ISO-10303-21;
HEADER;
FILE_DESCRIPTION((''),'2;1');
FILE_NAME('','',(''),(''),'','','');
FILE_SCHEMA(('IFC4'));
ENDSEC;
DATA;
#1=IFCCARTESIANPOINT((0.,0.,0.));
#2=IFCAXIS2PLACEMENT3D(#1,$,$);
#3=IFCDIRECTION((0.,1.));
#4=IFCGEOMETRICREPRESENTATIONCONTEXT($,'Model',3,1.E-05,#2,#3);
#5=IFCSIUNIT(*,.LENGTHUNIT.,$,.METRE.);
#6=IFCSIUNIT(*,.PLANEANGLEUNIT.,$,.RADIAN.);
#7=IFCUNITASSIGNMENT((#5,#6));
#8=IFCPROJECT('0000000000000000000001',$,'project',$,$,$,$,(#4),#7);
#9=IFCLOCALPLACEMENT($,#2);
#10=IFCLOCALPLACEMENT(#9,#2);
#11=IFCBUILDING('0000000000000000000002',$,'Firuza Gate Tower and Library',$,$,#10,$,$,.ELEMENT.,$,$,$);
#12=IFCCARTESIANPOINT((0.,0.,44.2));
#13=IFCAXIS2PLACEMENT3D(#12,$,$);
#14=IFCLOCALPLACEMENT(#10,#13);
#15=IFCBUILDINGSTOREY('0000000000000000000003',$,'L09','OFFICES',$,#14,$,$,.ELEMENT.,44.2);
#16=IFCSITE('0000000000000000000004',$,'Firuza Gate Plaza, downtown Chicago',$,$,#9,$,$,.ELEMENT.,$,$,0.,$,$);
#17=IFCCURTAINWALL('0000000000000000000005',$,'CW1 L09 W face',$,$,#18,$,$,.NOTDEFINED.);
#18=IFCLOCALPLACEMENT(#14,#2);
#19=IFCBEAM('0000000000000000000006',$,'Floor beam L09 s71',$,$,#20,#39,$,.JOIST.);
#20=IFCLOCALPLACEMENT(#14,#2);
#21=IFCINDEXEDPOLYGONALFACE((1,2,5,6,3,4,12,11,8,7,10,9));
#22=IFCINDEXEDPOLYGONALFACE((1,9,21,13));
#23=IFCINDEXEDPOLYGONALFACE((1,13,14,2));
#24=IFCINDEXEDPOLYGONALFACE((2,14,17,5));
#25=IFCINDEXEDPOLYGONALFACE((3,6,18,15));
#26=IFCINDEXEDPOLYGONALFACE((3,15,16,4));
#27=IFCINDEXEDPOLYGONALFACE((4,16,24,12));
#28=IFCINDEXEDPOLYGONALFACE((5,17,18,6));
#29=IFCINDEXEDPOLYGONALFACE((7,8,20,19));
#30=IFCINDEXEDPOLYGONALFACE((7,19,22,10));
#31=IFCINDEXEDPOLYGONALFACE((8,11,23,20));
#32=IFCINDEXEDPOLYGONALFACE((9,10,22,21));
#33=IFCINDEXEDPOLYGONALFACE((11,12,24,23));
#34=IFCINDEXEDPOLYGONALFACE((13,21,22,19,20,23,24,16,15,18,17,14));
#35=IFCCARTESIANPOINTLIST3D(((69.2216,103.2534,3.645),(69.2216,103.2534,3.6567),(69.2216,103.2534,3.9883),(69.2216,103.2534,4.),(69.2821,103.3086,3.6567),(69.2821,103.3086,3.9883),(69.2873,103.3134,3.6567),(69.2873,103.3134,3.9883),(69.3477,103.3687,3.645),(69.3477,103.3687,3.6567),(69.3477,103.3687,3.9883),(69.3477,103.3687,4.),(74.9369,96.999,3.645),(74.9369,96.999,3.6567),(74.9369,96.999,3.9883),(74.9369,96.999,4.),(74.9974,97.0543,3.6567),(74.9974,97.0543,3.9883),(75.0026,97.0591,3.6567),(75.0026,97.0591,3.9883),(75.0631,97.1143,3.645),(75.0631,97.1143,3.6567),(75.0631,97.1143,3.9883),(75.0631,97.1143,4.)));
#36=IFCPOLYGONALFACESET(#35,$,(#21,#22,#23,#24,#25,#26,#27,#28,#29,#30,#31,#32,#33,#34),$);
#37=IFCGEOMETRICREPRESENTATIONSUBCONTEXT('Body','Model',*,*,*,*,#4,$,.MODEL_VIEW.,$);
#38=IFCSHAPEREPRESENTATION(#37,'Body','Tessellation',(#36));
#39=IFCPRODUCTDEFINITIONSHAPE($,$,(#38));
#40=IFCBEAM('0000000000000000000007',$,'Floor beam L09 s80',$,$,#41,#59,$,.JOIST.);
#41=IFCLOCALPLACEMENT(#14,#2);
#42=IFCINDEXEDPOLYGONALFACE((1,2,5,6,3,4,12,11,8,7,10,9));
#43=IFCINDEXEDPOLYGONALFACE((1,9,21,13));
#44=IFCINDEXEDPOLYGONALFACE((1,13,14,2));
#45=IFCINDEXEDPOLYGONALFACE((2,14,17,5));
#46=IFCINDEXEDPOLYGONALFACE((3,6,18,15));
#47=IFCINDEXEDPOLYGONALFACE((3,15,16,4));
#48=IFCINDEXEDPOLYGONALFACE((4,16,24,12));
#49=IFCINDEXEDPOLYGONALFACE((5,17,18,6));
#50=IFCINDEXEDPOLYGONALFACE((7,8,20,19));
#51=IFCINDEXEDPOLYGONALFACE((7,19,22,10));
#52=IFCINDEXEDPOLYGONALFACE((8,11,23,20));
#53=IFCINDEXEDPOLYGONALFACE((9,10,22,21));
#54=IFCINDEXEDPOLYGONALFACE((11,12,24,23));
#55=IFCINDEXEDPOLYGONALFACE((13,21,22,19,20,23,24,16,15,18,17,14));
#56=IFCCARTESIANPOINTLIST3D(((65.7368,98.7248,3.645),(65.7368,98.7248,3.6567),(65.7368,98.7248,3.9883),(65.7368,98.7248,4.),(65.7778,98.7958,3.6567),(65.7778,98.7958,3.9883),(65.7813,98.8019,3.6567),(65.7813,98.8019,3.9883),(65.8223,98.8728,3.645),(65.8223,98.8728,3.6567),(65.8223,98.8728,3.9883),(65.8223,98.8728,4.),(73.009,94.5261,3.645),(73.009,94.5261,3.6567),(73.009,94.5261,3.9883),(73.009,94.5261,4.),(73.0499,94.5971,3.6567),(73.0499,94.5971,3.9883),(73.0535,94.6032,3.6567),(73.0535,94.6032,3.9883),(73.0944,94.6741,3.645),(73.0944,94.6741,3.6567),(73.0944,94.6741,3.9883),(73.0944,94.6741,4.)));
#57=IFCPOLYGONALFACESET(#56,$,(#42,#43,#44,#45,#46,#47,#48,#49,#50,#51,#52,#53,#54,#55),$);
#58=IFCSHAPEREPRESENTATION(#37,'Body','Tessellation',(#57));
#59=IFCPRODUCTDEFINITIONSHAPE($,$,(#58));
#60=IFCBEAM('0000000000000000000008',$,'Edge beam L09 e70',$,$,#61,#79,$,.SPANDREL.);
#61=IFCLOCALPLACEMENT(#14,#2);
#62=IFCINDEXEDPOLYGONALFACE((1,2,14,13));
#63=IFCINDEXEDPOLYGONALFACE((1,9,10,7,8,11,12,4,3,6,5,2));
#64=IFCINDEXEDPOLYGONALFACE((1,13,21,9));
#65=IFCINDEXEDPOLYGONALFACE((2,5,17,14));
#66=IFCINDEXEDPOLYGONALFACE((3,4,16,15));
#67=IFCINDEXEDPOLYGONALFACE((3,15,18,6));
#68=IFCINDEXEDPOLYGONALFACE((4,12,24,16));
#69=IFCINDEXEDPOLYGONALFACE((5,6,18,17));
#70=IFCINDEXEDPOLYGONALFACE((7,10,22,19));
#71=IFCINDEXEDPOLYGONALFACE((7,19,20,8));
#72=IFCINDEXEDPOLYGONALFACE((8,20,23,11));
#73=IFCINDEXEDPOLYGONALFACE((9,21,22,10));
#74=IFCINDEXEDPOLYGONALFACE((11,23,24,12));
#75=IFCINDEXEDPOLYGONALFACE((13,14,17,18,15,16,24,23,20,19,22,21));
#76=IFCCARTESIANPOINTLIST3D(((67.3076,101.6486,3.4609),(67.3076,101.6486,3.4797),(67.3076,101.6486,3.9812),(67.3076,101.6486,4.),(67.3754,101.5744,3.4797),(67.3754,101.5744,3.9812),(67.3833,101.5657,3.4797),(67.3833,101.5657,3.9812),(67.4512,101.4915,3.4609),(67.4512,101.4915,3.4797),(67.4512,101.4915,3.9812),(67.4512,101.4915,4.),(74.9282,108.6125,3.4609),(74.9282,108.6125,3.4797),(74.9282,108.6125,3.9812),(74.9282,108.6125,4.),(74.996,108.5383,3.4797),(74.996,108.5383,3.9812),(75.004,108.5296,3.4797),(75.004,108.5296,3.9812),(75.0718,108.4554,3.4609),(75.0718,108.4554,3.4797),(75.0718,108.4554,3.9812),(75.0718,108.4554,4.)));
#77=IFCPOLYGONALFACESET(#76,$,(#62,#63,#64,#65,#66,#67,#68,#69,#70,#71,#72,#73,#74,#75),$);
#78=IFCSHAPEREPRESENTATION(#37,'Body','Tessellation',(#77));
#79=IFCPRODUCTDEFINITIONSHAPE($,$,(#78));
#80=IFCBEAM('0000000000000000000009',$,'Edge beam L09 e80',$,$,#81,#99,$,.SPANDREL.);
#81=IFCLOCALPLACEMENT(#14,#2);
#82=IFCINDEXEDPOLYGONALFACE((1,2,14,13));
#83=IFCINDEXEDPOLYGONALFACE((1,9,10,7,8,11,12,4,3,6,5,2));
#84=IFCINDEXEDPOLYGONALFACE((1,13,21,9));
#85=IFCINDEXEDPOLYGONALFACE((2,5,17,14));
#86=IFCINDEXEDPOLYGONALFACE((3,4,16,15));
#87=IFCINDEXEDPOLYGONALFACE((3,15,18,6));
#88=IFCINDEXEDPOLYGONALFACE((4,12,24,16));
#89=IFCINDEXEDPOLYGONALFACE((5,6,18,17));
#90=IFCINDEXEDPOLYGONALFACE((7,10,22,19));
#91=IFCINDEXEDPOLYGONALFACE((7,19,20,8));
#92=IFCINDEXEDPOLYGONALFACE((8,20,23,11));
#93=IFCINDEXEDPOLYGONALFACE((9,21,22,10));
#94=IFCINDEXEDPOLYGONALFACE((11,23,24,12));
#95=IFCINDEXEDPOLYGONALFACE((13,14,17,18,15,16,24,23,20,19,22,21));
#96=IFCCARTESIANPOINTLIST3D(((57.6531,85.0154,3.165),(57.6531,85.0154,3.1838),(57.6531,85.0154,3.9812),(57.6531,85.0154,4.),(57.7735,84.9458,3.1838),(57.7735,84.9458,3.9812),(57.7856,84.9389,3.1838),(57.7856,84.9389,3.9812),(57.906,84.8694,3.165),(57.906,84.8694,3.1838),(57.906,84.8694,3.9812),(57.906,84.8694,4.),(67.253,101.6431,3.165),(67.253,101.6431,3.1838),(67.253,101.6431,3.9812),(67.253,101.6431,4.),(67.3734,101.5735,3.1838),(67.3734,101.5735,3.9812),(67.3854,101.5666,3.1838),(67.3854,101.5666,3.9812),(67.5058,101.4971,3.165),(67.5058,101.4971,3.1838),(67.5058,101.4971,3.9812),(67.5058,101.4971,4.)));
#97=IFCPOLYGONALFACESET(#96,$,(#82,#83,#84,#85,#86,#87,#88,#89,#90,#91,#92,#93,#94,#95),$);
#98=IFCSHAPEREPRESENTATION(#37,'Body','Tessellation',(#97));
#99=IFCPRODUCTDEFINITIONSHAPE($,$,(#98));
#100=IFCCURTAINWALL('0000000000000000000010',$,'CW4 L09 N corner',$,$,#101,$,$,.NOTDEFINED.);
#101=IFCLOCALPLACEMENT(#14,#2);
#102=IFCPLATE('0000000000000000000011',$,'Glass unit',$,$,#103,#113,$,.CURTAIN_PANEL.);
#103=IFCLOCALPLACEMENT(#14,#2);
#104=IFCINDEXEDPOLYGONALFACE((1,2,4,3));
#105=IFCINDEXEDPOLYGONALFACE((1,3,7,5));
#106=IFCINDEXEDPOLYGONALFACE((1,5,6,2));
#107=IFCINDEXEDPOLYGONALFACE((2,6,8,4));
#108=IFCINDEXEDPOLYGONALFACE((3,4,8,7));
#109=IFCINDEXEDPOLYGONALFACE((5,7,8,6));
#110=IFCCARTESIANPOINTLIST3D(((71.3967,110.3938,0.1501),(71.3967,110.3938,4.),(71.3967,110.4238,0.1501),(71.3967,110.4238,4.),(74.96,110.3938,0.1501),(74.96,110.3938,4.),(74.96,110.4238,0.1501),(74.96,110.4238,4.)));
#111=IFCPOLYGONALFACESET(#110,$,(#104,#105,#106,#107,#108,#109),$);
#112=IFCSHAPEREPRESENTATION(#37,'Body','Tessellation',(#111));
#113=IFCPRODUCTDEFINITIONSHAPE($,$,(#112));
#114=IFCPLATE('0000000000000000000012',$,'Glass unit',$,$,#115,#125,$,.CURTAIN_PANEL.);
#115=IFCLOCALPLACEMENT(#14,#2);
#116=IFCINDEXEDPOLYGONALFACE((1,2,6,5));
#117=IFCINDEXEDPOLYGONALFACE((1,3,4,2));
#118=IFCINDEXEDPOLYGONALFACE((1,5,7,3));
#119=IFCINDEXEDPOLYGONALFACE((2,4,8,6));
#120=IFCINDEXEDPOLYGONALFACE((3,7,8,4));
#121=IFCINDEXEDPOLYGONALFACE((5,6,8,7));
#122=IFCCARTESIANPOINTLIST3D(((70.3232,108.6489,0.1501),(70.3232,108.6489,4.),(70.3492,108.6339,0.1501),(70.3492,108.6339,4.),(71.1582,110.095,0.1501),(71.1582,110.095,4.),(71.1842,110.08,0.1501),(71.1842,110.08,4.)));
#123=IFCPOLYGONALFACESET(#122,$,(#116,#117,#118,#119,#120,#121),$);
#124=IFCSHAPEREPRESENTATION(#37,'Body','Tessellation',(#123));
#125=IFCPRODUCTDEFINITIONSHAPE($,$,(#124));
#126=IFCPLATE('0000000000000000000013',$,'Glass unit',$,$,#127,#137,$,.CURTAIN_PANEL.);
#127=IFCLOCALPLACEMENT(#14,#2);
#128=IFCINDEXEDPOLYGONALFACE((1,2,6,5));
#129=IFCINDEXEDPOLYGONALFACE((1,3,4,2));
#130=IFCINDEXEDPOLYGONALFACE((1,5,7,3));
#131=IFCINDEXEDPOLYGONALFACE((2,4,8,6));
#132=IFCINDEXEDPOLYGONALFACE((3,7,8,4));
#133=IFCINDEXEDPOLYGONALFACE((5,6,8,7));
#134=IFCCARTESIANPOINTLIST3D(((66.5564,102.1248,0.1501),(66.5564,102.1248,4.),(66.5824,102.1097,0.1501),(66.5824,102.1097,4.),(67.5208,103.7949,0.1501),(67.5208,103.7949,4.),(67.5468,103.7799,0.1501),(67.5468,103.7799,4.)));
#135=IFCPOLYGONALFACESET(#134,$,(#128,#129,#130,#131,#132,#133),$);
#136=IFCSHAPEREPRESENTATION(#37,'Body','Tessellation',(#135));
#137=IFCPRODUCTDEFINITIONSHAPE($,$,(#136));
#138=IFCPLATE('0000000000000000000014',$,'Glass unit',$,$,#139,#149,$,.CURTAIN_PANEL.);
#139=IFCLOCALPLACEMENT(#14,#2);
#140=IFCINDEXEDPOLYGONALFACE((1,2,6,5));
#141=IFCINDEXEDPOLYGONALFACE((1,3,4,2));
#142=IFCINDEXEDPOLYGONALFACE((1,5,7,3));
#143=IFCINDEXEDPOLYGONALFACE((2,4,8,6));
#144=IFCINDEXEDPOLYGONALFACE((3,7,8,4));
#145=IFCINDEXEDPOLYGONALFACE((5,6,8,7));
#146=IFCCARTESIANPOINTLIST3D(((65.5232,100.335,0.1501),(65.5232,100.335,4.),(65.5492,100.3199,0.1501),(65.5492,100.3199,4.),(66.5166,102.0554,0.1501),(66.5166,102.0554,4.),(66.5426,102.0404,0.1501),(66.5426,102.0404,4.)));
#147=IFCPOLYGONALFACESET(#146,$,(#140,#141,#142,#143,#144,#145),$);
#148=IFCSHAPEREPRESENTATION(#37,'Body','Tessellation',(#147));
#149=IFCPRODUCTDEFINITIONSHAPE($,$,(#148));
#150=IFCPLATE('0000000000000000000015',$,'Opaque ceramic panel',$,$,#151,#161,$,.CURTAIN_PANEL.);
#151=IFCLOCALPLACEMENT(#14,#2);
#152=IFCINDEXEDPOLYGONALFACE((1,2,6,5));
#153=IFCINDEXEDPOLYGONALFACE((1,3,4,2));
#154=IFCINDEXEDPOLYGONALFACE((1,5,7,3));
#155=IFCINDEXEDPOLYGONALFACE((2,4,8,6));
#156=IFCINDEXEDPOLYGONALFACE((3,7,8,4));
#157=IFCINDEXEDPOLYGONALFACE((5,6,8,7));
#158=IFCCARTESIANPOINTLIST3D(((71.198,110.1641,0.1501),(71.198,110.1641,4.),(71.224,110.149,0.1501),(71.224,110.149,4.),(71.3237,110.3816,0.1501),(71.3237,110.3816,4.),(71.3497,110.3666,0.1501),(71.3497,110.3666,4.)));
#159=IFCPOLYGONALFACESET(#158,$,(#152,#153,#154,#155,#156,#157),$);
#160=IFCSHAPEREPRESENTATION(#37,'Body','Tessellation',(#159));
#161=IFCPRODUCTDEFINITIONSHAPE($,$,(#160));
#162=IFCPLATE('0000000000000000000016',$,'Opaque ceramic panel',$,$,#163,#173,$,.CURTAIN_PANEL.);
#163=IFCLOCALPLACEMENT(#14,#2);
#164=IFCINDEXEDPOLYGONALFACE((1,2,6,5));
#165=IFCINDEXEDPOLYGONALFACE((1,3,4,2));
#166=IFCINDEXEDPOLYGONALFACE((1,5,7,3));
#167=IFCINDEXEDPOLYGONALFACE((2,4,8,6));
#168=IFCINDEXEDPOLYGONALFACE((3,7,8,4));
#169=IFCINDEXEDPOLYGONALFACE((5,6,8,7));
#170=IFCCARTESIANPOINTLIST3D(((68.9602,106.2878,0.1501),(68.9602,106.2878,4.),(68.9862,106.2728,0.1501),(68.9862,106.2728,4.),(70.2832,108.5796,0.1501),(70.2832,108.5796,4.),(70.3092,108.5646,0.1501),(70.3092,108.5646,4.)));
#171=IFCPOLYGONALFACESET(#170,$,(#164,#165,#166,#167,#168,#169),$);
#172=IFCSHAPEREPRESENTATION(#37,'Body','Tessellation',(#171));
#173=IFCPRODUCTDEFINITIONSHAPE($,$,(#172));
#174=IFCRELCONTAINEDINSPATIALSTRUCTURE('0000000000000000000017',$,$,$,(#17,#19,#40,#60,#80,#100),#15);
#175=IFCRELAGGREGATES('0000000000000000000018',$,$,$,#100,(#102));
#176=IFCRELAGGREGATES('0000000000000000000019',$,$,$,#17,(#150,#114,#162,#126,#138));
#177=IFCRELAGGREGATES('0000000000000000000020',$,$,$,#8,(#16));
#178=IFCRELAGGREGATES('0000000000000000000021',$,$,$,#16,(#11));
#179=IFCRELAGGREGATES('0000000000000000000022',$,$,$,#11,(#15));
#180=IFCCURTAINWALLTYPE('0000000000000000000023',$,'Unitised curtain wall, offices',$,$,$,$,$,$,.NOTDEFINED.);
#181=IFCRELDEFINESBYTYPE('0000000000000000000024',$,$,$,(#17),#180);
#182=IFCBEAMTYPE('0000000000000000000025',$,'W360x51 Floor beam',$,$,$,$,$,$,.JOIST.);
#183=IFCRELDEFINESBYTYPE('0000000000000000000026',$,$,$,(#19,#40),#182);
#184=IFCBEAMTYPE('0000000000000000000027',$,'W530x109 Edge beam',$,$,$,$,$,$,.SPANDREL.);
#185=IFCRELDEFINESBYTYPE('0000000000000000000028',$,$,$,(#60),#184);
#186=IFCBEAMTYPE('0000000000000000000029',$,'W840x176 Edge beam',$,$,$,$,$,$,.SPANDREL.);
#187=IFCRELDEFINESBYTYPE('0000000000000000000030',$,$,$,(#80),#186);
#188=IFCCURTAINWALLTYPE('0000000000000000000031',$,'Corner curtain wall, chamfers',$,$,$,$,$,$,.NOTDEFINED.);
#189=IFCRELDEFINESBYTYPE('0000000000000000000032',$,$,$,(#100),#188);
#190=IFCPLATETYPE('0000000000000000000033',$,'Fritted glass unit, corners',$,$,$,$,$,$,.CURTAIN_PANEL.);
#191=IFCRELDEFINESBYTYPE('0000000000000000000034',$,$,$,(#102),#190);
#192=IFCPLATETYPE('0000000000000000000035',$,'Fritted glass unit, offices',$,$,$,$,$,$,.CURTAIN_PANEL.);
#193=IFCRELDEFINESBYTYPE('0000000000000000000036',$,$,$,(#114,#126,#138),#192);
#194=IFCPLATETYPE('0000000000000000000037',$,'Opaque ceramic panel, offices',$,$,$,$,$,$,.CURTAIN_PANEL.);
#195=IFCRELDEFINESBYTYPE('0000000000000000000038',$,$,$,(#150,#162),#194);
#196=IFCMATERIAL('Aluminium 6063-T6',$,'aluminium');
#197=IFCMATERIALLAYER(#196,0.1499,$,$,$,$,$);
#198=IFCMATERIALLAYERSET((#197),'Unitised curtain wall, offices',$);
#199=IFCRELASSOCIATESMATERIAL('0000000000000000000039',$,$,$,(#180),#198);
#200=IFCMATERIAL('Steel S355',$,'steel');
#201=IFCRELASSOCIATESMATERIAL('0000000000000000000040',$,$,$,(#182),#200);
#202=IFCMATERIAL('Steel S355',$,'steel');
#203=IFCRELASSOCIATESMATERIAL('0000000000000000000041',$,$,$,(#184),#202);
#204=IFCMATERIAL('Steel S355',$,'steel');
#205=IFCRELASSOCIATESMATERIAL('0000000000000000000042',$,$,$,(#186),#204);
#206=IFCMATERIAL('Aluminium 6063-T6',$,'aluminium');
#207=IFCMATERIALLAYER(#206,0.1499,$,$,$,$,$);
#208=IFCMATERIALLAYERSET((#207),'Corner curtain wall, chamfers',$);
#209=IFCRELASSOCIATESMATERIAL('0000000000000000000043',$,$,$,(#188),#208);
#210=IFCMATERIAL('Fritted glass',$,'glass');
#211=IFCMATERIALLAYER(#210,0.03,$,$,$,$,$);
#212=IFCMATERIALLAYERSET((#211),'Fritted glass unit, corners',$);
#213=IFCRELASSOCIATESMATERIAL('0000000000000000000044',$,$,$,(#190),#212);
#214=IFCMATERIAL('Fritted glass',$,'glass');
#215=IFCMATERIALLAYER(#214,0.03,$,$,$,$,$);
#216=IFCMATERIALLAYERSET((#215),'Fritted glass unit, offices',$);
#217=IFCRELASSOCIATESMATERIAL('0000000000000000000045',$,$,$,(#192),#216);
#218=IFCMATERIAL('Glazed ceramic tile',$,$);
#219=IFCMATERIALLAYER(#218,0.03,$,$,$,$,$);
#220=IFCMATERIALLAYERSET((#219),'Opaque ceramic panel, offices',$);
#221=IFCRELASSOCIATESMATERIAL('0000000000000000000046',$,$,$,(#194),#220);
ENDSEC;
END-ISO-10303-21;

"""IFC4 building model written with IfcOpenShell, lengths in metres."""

from ifc_helpers import new_model, si_unit, direction, frame, origin, origin_2d, place, context, subcontext, project, spatial, polyline, i_section, outline, extrude, material, layer, layer_set, material_profile, profile_set, type_object, element, aggregate, save


model = new_model("IFC4")

# Units and contexts
model_context = context("Model", 3, precision=1e-05, world=origin(), true_north=direction((0.0, 1.0)))
body_context = subcontext(model_context, "Body", "Model", "MODEL_VIEW")
ifc_project = project(units=[si_unit("LENGTHUNIT", "METRE"), si_unit("PLANEANGLEUNIT", "RADIAN")], contexts=[model_context])

# Site, building, storey
site_placement = place(None, origin())
site = spatial("IfcSite", under=ifc_project, at=site_placement, Name="Firuza Gate Plaza, downtown Chicago", CompositionType="ELEMENT", RefElevation=0.0)
building_placement = place(site_placement, origin())
building = spatial("IfcBuilding", under=site, at=building_placement, Name="Firuza Gate Tower and Library", CompositionType="ELEMENT")
storey_placement = place(building_placement, frame((0.0, 0.0, 44.2)))
storey = spatial("IfcBuildingStorey", under=building, at=storey_placement, Name="L09", Description="OFFICES", CompositionType="ELEMENT", Elevation=44.2)

# Curtain wall
ifc_material_1 = material(Name="Aluminium 6063-T6", Category="aluminium")
ifc_layer_1 = layer(ifc_material_1, 0.1499)
ifc_layer_set_1 = layer_set([ifc_layer_1], Name="Unitised curtain wall, offices")
curtain_wall_type_1 = type_object("IfcCurtainWallType", Name="Unitised curtain wall, offices", PredefinedType="NOTDEFINED", material=ifc_layer_set_1)
placement = place(storey_placement, origin())
curtain_wall_1 = element("IfcCurtainWall", 1, at=placement, inside=storey, type_object=curtain_wall_type_1, Name="CW1 L09 W face", PredefinedType="NOTDEFINED")

# Beams
ifc_material_2 = material(Name="Steel S355", Category="steel")
ifc_material_profile_1 = material_profile(ifc_material_2, i_section(OverallWidth=0.1709, OverallDepth=0.355, WebThickness=0.0071, FlangeThickness=0.0117, at=origin_2d()))
ifc_profile_set_1 = profile_set([ifc_material_profile_1], Name="Steel S355")
beam_type_1 = type_object("IfcBeamType", Name="W360x51 Floor beam", PredefinedType="JOIST", material=ifc_profile_set_1)
beam_1_placement = place(storey_placement, frame((69.2847, 103.311, 3.8225), z_axis=(0.674578, -0.738203, 0.0), x_axis=(0.738203, 0.674578, 0.0)))
element("IfcBeam", 2, at=beam_1_placement, inside=storey, type_object=beam_type_1, Name="Floor beam L09 s71", PredefinedType="JOIST", context=body_context, shape_type="SweptSolid", body=[
    extrude(i_section(OverallWidth=0.1709, OverallDepth=0.355, WebThickness=0.0071, FlangeThickness=0.0117, at=origin_2d()), origin(), (0.0, 0.0, 1.0), 8.4724),
])
beam_2_placement = place(storey_placement, frame((65.7795, 98.7988, 3.8225), z_axis=(0.86602, -0.50001, 0.0), x_axis=(0.50001, 0.86602, 0.0)))
element("IfcBeam", 3, at=beam_2_placement, inside=storey, type_object=beam_type_1, Name="Floor beam L09 s80", PredefinedType="JOIST", context=body_context, shape_type="SweptSolid", body=[
    extrude(i_section(OverallWidth=0.1709, OverallDepth=0.355, WebThickness=0.0071, FlangeThickness=0.0117, at=origin_2d()), origin(), (0.0, 0.0, 1.0), 8.3972),
])
ifc_material_3 = material(Name="Steel S355", Category="steel")
ifc_material_profile_2 = material_profile(ifc_material_3, i_section(OverallWidth=0.2129, OverallDepth=0.5391, WebThickness=0.0117, FlangeThickness=0.0188, at=origin_2d()))
ifc_profile_set_2 = profile_set([ifc_material_profile_2], Name="Steel S355")
beam_type_2 = type_object("IfcBeamType", Name="W530x109 Edge beam", PredefinedType="SPANDREL", material=ifc_profile_set_2)
beam_3_placement = place(storey_placement, frame((75.0, 108.5339, 3.7305), z_axis=(-0.7382, -0.674582, 0.0), x_axis=(0.674582, -0.7382, 0.0)))
element("IfcBeam", 4, at=beam_3_placement, inside=storey, type_object=beam_type_2, Name="Edge beam L09 e70", PredefinedType="SPANDREL", context=body_context, shape_type="SweptSolid", body=[
    extrude(i_section(OverallWidth=0.2129, OverallDepth=0.5391, WebThickness=0.0117, FlangeThickness=0.0188, at=origin_2d()), origin(), (0.0, 0.0, 1.0), 10.3232),
])
ifc_material_4 = material(Name="Steel S355", Category="steel")
ifc_material_profile_3 = material_profile(ifc_material_4, i_section(OverallWidth=0.292, OverallDepth=0.835, WebThickness=0.0139, FlangeThickness=0.0188, at=origin_2d()))
ifc_profile_set_3 = profile_set([ifc_material_profile_3], Name="Steel S355")
beam_type_3 = type_object("IfcBeamType", Name="W840x176 Edge beam", PredefinedType="SPANDREL", material=ifc_profile_set_3)
beam_4_placement = place(storey_placement, frame((67.3794, 101.5701, 3.5825), z_axis=(-0.499994, -0.866029, 0.0), x_axis=(0.866029, -0.499994, 0.0)))
element("IfcBeam", 5, at=beam_4_placement, inside=storey, type_object=beam_type_3, Name="Edge beam L09 e80", PredefinedType="SPANDREL", context=body_context, shape_type="SweptSolid", body=[
    extrude(i_section(OverallWidth=0.292, OverallDepth=0.835, WebThickness=0.0139, FlangeThickness=0.0188, at=origin_2d()), origin(), (0.0, 0.0, 1.0), 19.2),
])

# Curtain wall, plate
ifc_material_5 = material(Name="Aluminium 6063-T6", Category="aluminium")
ifc_layer_2 = layer(ifc_material_5, 0.1499)
ifc_layer_set_2 = layer_set([ifc_layer_2], Name="Corner curtain wall, chamfers")
curtain_wall_type_2 = type_object("IfcCurtainWallType", Name="Corner curtain wall, chamfers", PredefinedType="NOTDEFINED", material=ifc_layer_set_2)
curtain_wall_2 = element("IfcCurtainWall", 6, at=placement, inside=storey, type_object=curtain_wall_type_2, Name="CW4 L09 N corner", PredefinedType="NOTDEFINED")
ifc_material_6 = material(Name="Fritted glass", Category="glass")
ifc_layer_3 = layer(ifc_material_6, 0.03)
ifc_layer_set_3 = layer_set([ifc_layer_3], Name="Fritted glass unit, corners")
plate_type_1 = type_object("IfcPlateType", Name="Fritted glass unit, corners", PredefinedType="CURTAIN_PANEL", material=ifc_layer_set_3)
plate_1_placement = place(storey_placement, frame((74.96, 110.4238, 0.1501), z_axis=(0.0, 1.0, 0.0), x_axis=(-1.0, 0.0, 0.0)))
plate_1 = element("IfcPlate", 7, at=plate_1_placement, type_object=plate_type_1, Name="Glass unit", PredefinedType="CURTAIN_PANEL", context=body_context, shape_type="SweptSolid", body=[
    extrude(outline(polyline([(0.0, 0.0), (3.5632, 0.0), (3.5632, 3.8499), (0.0, 3.8499), (0.0, 0.0)])), origin(), (0.0, 0.0, -1.0), 0.03),
])
aggregate(curtain_wall_2, [plate_1])

# Plates
ifc_material_7 = material(Name="Fritted glass", Category="glass")
ifc_layer_4 = layer(ifc_material_7, 0.03)
ifc_layer_set_4 = layer_set([ifc_layer_4], Name="Fritted glass unit, offices")
plate_type_2 = type_object("IfcPlateType", Name="Fritted glass unit, offices", PredefinedType="CURTAIN_PANEL", material=ifc_layer_set_4)
plate_2_placement = place(storey_placement, frame((71.1582, 110.095, 0.1501), z_axis=(-0.866003, 0.500039, 0.0), x_axis=(-0.500039, -0.866003, 0.0)))
plate_2 = element("IfcPlate", 8, at=plate_2_placement, type_object=plate_type_2, Name="Glass unit", PredefinedType="CURTAIN_PANEL", context=body_context, shape_type="SweptSolid", body=[
    extrude(outline(polyline([(0.0, 0.0), (1.6698, 0.0), (1.6698, 3.8499), (0.0, 3.8499), (0.0, 0.0)])), origin(), (0.0, 0.0, -1.0), 0.03),
])
plate_3_placement = place(storey_placement, frame((67.5208, 103.7949, 0.1501), z_axis=(-0.866006, 0.500033, 0.0), x_axis=(-0.500033, -0.866006, 0.0)))
plate_3 = element("IfcPlate", 9, at=plate_3_placement, type_object=plate_type_2, Name="Glass unit", PredefinedType="CURTAIN_PANEL", context=body_context, shape_type="SweptSolid", body=[
    extrude(outline(polyline([(0.0, 0.0), (1.9286, 0.0), (1.9286, 3.8499), (0.0, 3.8499), (0.0, 0.0)])), origin(), (0.0, 0.0, -1.0), 0.03),
])
plate_4_placement = place(storey_placement, frame((66.5166, 102.0554, 0.1501), z_axis=(-0.866003, 0.500038, 0.0), x_axis=(-0.500038, -0.866003, 0.0)))
plate_4 = element("IfcPlate", 10, at=plate_4_placement, type_object=plate_type_2, Name="Glass unit", PredefinedType="CURTAIN_PANEL", context=body_context, shape_type="SweptSolid", body=[
    extrude(outline(polyline([(0.0, 0.0), (1.9867, 0.0), (1.9867, 3.8499), (0.0, 3.8499), (0.0, 0.0)])), origin(), (0.0, 0.0, -1.0), 0.03),
])
ifc_material_8 = material(Name="Glazed ceramic tile")
ifc_layer_5 = layer(ifc_material_8, 0.03)
ifc_layer_set_5 = layer_set([ifc_layer_5], Name="Opaque ceramic panel, offices")
plate_type_3 = type_object("IfcPlateType", Name="Opaque ceramic panel, offices", PredefinedType="CURTAIN_PANEL", material=ifc_layer_set_5)
plate_5_placement = place(storey_placement, frame((71.3237, 110.3816, 0.1501), z_axis=(-0.865781, 0.500423, 0.0), x_axis=(-0.500423, -0.865781, 0.0)))
plate_5 = element("IfcPlate", 11, at=plate_5_placement, type_object=plate_type_3, Name="Opaque ceramic panel", PredefinedType="CURTAIN_PANEL", context=body_context, shape_type="SweptSolid", body=[
    extrude(outline(polyline([(0.0, 0.0), (0.2513, 0.0), (0.2513, 3.8499), (0.0, 3.8499), (0.0, 0.0)])), origin(), (0.0, 0.0, -1.0), 0.03),
])
plate_6_placement = place(storey_placement, frame((70.2832, 108.5796, 0.1501), z_axis=(-0.866049, 0.499959, 0.0), x_axis=(-0.499959, -0.866049, 0.0)))
plate_6 = element("IfcPlate", 12, at=plate_6_placement, type_object=plate_type_3, Name="Opaque ceramic panel", PredefinedType="CURTAIN_PANEL", context=body_context, shape_type="SweptSolid", body=[
    extrude(outline(polyline([(0.0, 0.0), (2.6462, 0.0), (2.6462, 3.8499), (0.0, 3.8499), (0.0, 0.0)])), origin(), (0.0, 0.0, -1.0), 0.03),
])
aggregate(curtain_wall_1, [plate_5, plate_2, plate_6, plate_3, plate_4])

save(model, "model.ifc")
